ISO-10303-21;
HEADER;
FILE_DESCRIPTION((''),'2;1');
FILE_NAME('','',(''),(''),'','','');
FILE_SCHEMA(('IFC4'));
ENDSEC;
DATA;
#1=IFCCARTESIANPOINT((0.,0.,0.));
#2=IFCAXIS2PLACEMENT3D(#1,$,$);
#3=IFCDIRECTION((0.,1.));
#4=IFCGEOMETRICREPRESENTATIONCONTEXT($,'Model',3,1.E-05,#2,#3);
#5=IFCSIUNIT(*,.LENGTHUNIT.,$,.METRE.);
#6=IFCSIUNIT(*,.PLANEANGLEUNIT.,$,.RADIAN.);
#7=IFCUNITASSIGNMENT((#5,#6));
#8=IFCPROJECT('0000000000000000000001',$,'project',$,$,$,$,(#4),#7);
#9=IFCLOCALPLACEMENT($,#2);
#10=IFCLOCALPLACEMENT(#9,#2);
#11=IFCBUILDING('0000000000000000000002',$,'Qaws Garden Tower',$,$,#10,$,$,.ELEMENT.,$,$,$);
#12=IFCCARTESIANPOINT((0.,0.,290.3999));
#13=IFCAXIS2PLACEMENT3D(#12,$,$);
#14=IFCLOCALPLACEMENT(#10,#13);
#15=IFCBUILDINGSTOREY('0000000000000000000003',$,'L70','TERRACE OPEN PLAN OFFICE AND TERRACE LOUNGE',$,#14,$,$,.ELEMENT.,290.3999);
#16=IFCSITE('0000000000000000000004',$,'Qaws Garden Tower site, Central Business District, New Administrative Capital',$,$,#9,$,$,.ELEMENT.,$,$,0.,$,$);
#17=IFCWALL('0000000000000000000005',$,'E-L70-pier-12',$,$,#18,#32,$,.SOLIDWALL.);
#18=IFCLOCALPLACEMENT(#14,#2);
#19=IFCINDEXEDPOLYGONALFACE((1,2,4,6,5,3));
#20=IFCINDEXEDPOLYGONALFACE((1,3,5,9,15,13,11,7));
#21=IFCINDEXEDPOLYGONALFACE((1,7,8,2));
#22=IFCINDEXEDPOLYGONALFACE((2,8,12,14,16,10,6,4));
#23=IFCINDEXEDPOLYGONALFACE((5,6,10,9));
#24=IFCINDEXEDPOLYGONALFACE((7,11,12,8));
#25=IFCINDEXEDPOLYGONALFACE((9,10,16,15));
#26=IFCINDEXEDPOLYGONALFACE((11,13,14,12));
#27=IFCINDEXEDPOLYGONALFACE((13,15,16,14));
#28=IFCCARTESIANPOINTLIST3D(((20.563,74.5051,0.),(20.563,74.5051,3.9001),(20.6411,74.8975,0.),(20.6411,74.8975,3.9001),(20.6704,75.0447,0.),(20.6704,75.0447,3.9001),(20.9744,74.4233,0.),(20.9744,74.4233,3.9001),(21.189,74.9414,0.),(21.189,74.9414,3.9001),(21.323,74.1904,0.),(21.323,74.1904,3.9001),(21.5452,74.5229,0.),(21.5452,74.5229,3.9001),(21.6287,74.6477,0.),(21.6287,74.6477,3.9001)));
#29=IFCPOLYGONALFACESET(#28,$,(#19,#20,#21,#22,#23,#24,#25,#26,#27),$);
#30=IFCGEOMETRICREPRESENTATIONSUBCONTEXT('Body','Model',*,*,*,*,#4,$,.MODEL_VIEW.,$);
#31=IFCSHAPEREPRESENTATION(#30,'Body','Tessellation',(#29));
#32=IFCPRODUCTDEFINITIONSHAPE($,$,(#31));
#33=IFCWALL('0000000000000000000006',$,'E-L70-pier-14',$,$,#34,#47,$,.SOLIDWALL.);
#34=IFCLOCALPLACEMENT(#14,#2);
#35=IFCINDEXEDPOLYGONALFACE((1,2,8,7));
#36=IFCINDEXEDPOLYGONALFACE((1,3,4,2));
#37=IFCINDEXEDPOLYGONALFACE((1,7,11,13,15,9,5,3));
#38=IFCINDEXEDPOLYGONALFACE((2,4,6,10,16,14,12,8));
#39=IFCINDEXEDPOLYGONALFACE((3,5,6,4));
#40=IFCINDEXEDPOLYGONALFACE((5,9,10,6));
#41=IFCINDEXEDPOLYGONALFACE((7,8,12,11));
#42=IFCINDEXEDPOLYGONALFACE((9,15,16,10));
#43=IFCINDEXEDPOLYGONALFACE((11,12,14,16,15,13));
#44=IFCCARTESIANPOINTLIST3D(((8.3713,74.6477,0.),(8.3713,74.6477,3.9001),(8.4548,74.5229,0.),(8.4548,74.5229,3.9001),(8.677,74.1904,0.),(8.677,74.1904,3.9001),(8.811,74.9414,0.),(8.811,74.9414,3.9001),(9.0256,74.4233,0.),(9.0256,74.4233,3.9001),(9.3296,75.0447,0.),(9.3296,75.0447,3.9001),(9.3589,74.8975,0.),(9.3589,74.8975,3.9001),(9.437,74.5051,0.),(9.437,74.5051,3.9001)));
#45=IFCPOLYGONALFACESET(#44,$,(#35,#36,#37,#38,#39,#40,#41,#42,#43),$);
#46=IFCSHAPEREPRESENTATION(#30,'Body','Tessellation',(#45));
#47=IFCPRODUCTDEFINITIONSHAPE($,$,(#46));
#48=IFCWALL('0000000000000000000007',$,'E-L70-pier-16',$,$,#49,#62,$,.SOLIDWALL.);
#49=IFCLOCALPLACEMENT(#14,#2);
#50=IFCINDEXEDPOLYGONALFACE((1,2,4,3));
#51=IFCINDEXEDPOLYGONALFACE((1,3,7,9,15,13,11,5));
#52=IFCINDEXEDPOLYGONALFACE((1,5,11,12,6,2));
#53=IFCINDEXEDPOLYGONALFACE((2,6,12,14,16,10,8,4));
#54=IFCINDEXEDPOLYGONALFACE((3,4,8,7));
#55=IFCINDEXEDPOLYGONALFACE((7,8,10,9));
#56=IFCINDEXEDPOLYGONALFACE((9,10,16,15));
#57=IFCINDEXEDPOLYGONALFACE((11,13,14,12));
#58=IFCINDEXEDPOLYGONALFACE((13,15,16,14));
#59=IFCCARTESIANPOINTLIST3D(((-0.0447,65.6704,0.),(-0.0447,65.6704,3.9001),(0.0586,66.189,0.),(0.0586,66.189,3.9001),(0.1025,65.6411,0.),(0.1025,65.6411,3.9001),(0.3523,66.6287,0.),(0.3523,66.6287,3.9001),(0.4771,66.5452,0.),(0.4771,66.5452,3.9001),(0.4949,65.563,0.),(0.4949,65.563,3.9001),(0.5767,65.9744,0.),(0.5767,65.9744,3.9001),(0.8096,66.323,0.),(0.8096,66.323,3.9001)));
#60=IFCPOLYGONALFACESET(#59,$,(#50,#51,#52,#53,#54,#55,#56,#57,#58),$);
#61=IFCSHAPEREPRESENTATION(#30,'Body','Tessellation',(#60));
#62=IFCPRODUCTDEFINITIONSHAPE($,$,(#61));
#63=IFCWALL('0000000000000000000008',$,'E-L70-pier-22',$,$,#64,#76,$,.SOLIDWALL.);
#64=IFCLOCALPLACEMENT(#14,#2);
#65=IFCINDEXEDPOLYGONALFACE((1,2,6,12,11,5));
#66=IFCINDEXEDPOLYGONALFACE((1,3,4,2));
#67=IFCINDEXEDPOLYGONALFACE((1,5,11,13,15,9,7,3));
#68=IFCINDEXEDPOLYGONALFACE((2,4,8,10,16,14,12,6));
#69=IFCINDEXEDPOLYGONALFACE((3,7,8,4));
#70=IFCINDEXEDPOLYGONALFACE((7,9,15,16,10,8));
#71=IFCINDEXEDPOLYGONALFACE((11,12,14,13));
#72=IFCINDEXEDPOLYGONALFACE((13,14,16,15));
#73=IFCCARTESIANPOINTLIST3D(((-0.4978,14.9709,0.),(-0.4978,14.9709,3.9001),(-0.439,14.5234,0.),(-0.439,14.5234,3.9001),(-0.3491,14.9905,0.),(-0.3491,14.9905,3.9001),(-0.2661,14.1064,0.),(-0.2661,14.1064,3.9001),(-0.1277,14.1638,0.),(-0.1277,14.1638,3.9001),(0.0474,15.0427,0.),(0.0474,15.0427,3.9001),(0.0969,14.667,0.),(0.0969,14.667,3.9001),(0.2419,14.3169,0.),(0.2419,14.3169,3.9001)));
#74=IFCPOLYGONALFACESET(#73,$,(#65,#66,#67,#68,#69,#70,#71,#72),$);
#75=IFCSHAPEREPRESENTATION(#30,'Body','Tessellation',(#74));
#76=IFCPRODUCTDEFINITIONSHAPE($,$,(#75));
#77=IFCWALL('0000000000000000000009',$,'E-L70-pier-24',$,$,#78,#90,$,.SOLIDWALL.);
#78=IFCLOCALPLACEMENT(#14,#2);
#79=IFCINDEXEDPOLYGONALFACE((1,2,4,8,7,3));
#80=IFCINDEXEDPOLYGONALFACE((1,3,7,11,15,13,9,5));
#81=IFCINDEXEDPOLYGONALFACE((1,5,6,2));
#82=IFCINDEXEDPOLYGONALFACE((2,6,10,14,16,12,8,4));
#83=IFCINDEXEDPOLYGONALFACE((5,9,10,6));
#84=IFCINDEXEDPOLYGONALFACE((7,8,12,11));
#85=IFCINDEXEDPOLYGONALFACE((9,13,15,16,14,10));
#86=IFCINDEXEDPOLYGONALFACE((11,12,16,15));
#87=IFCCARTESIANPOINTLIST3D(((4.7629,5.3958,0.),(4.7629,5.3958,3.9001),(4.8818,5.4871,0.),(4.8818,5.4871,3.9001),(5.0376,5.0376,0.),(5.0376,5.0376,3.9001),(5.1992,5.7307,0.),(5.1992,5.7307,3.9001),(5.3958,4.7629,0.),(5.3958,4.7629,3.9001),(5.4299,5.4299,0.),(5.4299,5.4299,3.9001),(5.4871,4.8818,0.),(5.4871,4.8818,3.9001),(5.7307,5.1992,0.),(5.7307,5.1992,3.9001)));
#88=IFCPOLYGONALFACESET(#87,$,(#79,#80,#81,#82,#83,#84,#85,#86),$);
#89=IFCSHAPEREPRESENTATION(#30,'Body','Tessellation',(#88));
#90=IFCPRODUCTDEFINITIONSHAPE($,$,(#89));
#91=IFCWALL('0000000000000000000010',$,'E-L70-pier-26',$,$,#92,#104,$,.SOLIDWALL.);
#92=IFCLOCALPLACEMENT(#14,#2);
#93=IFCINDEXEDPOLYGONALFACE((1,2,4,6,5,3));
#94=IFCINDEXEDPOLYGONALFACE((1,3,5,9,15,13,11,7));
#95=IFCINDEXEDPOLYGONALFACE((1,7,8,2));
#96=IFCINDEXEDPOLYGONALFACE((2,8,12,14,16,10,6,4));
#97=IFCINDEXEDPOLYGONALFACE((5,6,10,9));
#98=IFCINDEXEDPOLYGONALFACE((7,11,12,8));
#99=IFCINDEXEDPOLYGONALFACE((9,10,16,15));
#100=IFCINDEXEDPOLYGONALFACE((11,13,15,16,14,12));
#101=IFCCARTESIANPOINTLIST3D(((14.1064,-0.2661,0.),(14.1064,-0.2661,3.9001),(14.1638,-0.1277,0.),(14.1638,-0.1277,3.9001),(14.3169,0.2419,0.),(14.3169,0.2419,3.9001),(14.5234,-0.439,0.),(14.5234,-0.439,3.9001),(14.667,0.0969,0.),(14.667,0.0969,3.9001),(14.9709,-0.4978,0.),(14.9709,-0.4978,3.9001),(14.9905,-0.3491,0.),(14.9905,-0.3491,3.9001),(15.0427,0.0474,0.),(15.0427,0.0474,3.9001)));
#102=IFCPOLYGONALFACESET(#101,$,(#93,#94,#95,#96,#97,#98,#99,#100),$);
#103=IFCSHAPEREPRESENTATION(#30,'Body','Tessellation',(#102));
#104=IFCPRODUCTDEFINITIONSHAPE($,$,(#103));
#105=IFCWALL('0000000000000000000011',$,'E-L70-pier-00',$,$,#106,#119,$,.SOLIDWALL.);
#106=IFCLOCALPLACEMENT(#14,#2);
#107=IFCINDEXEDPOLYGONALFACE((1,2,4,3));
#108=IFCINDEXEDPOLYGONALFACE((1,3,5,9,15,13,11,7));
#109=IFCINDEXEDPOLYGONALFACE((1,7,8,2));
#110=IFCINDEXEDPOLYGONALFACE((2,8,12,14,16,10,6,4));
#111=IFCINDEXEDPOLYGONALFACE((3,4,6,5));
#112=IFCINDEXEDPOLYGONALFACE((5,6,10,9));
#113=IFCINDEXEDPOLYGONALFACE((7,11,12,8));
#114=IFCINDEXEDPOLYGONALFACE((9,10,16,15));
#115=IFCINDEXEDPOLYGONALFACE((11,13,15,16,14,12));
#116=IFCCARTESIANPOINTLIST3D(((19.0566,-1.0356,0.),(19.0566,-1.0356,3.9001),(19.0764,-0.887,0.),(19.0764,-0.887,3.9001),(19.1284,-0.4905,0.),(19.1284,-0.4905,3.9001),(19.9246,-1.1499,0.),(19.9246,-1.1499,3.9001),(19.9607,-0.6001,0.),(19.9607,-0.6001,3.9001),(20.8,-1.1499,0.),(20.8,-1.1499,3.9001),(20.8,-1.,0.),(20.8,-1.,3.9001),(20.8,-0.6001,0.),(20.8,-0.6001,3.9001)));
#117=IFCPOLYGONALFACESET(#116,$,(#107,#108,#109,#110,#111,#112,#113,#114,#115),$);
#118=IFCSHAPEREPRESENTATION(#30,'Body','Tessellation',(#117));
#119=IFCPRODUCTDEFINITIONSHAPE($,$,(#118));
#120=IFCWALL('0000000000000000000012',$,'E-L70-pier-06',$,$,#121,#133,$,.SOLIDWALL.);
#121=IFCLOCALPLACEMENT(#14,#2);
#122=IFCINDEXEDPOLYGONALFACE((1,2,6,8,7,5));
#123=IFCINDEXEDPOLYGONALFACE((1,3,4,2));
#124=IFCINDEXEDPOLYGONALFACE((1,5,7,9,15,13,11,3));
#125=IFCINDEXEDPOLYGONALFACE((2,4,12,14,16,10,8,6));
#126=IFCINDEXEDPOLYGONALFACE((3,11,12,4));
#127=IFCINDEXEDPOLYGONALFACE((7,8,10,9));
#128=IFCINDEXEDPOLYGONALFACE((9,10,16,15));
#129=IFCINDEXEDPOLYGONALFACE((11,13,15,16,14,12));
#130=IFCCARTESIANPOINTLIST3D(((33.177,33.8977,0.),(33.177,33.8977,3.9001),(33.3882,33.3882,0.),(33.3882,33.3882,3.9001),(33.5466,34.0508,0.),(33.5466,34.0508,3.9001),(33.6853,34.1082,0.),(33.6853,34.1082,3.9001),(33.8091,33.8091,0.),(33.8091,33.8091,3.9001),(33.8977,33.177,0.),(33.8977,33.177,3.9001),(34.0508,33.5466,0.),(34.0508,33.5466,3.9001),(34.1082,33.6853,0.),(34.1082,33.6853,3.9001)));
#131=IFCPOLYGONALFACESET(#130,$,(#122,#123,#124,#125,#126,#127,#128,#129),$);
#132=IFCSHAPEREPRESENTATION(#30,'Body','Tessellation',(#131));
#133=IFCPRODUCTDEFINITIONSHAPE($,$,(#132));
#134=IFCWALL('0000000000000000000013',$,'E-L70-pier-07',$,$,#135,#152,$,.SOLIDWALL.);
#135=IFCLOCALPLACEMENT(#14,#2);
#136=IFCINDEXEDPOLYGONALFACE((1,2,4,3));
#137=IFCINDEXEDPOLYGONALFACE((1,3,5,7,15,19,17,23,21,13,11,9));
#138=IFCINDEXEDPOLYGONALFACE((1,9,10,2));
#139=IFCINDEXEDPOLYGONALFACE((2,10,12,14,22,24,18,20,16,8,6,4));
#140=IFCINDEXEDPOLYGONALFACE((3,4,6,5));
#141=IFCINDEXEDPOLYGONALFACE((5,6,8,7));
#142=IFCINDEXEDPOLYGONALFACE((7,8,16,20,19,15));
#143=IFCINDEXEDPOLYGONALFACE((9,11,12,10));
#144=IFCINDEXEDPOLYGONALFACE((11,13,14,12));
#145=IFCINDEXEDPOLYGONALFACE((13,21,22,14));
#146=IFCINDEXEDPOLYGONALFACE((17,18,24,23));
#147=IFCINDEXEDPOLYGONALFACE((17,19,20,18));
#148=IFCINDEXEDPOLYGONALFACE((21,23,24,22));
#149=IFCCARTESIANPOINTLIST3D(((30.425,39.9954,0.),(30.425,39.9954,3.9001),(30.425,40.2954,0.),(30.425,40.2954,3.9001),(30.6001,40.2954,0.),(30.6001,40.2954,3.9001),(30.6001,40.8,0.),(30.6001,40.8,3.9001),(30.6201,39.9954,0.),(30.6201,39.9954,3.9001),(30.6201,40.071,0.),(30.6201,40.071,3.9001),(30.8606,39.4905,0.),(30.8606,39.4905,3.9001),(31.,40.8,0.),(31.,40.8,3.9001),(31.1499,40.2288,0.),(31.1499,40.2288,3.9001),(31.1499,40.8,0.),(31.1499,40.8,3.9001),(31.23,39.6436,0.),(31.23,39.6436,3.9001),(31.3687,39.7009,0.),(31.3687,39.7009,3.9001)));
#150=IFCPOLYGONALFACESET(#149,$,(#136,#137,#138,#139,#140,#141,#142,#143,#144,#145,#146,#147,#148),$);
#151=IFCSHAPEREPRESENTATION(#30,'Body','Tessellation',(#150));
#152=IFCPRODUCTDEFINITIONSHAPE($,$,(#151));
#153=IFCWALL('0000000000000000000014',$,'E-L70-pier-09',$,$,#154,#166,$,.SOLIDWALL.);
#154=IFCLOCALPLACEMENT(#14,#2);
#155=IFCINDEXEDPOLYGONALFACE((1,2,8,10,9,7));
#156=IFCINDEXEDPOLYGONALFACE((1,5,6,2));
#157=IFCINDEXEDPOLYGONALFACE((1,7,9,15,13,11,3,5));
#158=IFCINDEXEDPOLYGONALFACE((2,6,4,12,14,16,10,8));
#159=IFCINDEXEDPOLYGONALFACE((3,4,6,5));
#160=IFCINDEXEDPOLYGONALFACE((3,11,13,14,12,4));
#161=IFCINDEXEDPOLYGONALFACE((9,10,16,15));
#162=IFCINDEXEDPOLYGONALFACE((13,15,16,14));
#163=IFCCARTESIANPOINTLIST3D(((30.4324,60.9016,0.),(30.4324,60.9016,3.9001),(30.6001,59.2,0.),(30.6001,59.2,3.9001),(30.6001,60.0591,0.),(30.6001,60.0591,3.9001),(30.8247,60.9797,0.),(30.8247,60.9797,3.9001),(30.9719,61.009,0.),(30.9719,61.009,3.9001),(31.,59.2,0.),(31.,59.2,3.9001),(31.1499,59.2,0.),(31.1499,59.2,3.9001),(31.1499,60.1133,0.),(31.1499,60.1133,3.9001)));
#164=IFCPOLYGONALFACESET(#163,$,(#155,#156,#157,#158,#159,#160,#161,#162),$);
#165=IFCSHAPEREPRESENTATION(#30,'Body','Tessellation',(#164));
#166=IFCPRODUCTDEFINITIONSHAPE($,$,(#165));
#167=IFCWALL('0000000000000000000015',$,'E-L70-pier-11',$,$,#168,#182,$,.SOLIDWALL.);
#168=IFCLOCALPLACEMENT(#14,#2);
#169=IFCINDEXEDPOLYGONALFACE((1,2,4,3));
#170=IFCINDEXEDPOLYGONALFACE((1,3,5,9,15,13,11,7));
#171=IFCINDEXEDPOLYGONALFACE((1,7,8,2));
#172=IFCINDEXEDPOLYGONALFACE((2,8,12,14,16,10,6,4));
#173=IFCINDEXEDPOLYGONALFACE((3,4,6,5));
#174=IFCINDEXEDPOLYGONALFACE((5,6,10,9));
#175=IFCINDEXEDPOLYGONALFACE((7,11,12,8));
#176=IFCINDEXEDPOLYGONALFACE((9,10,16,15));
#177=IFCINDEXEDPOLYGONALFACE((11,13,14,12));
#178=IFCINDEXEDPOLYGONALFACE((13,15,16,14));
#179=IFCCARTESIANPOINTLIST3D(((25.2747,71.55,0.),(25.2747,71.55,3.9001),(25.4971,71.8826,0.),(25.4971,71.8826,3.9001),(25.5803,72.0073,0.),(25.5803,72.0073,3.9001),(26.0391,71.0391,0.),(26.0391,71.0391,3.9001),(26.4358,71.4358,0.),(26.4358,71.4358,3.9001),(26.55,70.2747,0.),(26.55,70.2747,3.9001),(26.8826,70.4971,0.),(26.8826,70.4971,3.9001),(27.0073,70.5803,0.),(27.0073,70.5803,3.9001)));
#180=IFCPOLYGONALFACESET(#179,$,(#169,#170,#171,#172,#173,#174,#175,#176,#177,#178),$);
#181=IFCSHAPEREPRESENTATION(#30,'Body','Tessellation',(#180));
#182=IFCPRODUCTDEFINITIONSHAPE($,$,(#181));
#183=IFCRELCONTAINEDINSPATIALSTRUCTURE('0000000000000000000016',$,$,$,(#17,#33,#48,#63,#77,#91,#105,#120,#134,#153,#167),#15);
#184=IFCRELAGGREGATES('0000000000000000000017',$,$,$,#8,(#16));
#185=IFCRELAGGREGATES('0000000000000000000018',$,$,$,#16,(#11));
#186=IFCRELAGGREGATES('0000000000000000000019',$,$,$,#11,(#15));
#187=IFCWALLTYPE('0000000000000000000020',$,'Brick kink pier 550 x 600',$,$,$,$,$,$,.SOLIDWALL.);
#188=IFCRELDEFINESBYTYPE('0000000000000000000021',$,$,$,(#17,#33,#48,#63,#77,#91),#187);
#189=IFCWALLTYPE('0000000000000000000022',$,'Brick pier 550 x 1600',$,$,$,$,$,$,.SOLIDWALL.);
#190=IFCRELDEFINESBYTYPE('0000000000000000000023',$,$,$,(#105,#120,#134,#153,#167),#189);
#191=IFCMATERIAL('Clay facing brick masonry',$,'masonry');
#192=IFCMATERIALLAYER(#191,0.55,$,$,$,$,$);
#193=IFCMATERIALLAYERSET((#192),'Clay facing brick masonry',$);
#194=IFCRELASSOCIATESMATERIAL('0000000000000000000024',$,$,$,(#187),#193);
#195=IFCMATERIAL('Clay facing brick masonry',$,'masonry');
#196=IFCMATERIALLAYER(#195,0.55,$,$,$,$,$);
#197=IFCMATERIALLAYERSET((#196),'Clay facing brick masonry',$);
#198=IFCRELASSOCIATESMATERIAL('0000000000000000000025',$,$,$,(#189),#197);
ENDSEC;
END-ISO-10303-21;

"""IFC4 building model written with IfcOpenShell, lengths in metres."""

from ifc_helpers import new_model, si_unit, direction, frame, origin, place, context, subcontext, project, spatial, polyline, outline, extrude, material, layer, layer_set, type_object, element, save


model = new_model("IFC4")

# Units and contexts
model_context = context("Model", 3, precision=1e-05, world=origin(), true_north=direction((0.0, 1.0)))
body_context = subcontext(model_context, "Body", "Model", "MODEL_VIEW")
ifc_project = project(units=[si_unit("LENGTHUNIT", "METRE"), si_unit("PLANEANGLEUNIT", "RADIAN")], contexts=[model_context])

# Site, building, storey
site_placement = place(None, origin())
site = spatial("IfcSite", under=ifc_project, at=site_placement, Name="Qaws Garden Tower site, Central Business District, New Administrative Capital", CompositionType="ELEMENT", RefElevation=0.0)
building_placement = place(site_placement, origin())
building = spatial("IfcBuilding", under=site, at=building_placement, Name="Qaws Garden Tower", CompositionType="ELEMENT")
storey_placement = place(building_placement, frame((0.0, 0.0, 290.3999)))
storey = spatial("IfcBuildingStorey", under=building, at=storey_placement, Name="L70", Description="TERRACE OPEN PLAN OFFICE AND TERRACE LOUNGE", CompositionType="ELEMENT", Elevation=290.3999)

# Walls
placement = place(storey_placement, origin())
ifc_material_1 = material(Name="Clay facing brick masonry", Category="masonry")
ifc_layer_1 = layer(ifc_material_1, 0.55)
ifc_layer_set_1 = layer_set([ifc_layer_1], Name="Clay facing brick masonry")
wall_type_1 = type_object("IfcWallType", Name="Brick kink pier 550 x 600", PredefinedType="SOLIDWALL", material=ifc_layer_set_1)
element("IfcWall", 1, at=placement, inside=storey, type_object=wall_type_1, Name="E-L70-pier-12", PredefinedType="SOLIDWALL", context=body_context, shape_type="SweptSolid", body=[
    extrude(outline(polyline([(21.5452, 74.5229), (21.6287, 74.6477), (21.189, 74.9414), (20.6704, 75.0447), (20.6411, 74.8975), (20.563, 74.5051), (20.9744, 74.4233), (21.323, 74.1904), (21.5452, 74.5229)])), origin(), (0.0, 0.0, 1.0), 3.9001),
])
element("IfcWall", 2, at=placement, inside=storey, type_object=wall_type_1, Name="E-L70-pier-14", PredefinedType="SOLIDWALL", context=body_context, shape_type="SweptSolid", body=[
    extrude(outline(polyline([(9.3589, 74.8975), (9.3296, 75.0447), (8.811, 74.9414), (8.3713, 74.6477), (8.4548, 74.5229), (8.677, 74.1904), (9.0256, 74.4233), (9.437, 74.5051), (9.3589, 74.8975)])), origin(), (0.0, 0.0, 1.0), 3.9001),
])
element("IfcWall", 3, at=placement, inside=storey, type_object=wall_type_1, Name="E-L70-pier-16", PredefinedType="SOLIDWALL", context=body_context, shape_type="SweptSolid", body=[
    extrude(outline(polyline([(0.4771, 66.5452), (0.3523, 66.6287), (0.0586, 66.189), (-0.0447, 65.6704), (0.1025, 65.6411), (0.4949, 65.563), (0.5767, 65.9744), (0.8096, 66.323), (0.4771, 66.5452)])), origin(), (0.0, 0.0, 1.0), 3.9001),
])
element("IfcWall", 4, at=placement, inside=storey, type_object=wall_type_1, Name="E-L70-pier-22", PredefinedType="SOLIDWALL", context=body_context, shape_type="SweptSolid", body=[
    extrude(outline(polyline([(-0.3491, 14.9905), (-0.4978, 14.9709), (-0.439, 14.5234), (-0.2661, 14.1064), (-0.1277, 14.1638), (0.2419, 14.3169), (0.0969, 14.667), (0.0474, 15.0427), (-0.3491, 14.9905)])), origin(), (0.0, 0.0, 1.0), 3.9001),
])
element("IfcWall", 5, at=placement, inside=storey, type_object=wall_type_1, Name="E-L70-pier-24", PredefinedType="SOLIDWALL", context=body_context, shape_type="SweptSolid", body=[
    extrude(outline(polyline([(4.8818, 5.4871), (4.7629, 5.3958), (5.0376, 5.0376), (5.3958, 4.7629), (5.4871, 4.8818), (5.7307, 5.1992), (5.4299, 5.4299), (5.1992, 5.7307), (4.8818, 5.4871)])), origin(), (0.0, 0.0, 1.0), 3.9001),
])
element("IfcWall", 6, at=placement, inside=storey, type_object=wall_type_1, Name="E-L70-pier-26", PredefinedType="SOLIDWALL", context=body_context, shape_type="SweptSolid", body=[
    extrude(outline(polyline([(14.1638, -0.1277), (14.1064, -0.2661), (14.5234, -0.439), (14.9709, -0.4978), (14.9905, -0.3491), (15.0427, 0.0474), (14.667, 0.0969), (14.3169, 0.2419), (14.1638, -0.1277)])), origin(), (0.0, 0.0, 1.0), 3.9001),
])
ifc_material_2 = material(Name="Clay facing brick masonry", Category="masonry")
ifc_layer_2 = layer(ifc_material_2, 0.55)
ifc_layer_set_2 = layer_set([ifc_layer_2], Name="Clay facing brick masonry")
wall_type_2 = type_object("IfcWallType", Name="Brick pier 550 x 1600", PredefinedType="SOLIDWALL", material=ifc_layer_set_2)
element("IfcWall", 7, at=placement, inside=storey, type_object=wall_type_2, Name="E-L70-pier-00", PredefinedType="SOLIDWALL", context=body_context, shape_type="SweptSolid", body=[
    extrude(outline(polyline([(19.0764, -0.887), (19.0566, -1.0356), (19.9246, -1.1499), (20.8, -1.1499), (20.8, -1.0), (20.8, -0.6001), (19.9607, -0.6001), (19.1284, -0.4905), (19.0764, -0.887)])), origin(), (0.0, 0.0, 1.0), 3.9001),
])
element("IfcWall", 8, at=placement, inside=storey, type_object=wall_type_2, Name="E-L70-pier-06", PredefinedType="SOLIDWALL", context=body_context, shape_type="SweptSolid", body=[
    extrude(outline(polyline([(34.0508, 33.5466), (34.1082, 33.6853), (33.8091, 33.8091), (33.6853, 34.1082), (33.5466, 34.0508), (33.177, 33.8977), (33.3882, 33.3882), (33.8977, 33.177), (34.0508, 33.5466)])), origin(), (0.0, 0.0, 1.0), 3.9001),
])
element("IfcWall", 9, at=placement, inside=storey, type_object=wall_type_2, Name="E-L70-pier-07", PredefinedType="SOLIDWALL", context=body_context, shape_type="SweptSolid", body=[
    extrude(outline(polyline([(30.6201, 39.9954), (30.6201, 40.071), (30.8606, 39.4905), (31.23, 39.6436), (31.3687, 39.7009), (31.1499, 40.2288), (31.1499, 40.8), (31.0, 40.8), (30.6001, 40.8), (30.6001, 40.2954), (30.425, 40.2954), (30.425, 39.9954), (30.6201, 39.9954)])), origin(), (0.0, 0.0, 1.0), 3.9001),
])
element("IfcWall", 10, at=placement, inside=storey, type_object=wall_type_2, Name="E-L70-pier-09", PredefinedType="SOLIDWALL", context=body_context, shape_type="SweptSolid", body=[
    extrude(outline(polyline([(31.0, 59.2), (31.1499, 59.2), (31.1499, 60.1133), (30.9719, 61.009), (30.8247, 60.9797), (30.4324, 60.9016), (30.6001, 60.0591), (30.6001, 59.2), (31.0, 59.2)])), origin(), (0.0, 0.0, 1.0), 3.9001),
])
element("IfcWall", 11, at=placement, inside=storey, type_object=wall_type_2, Name="E-L70-pier-11", PredefinedType="SOLIDWALL", context=body_context, shape_type="SweptSolid", body=[
    extrude(outline(polyline([(26.8826, 70.4971), (27.0073, 70.5803), (26.4358, 71.4358), (25.5803, 72.0073), (25.4971, 71.8826), (25.2747, 71.55), (26.0391, 71.0391), (26.55, 70.2747), (26.8826, 70.4971)])), origin(), (0.0, 0.0, 1.0), 3.9001),
])

save(model, "model.ifc")
